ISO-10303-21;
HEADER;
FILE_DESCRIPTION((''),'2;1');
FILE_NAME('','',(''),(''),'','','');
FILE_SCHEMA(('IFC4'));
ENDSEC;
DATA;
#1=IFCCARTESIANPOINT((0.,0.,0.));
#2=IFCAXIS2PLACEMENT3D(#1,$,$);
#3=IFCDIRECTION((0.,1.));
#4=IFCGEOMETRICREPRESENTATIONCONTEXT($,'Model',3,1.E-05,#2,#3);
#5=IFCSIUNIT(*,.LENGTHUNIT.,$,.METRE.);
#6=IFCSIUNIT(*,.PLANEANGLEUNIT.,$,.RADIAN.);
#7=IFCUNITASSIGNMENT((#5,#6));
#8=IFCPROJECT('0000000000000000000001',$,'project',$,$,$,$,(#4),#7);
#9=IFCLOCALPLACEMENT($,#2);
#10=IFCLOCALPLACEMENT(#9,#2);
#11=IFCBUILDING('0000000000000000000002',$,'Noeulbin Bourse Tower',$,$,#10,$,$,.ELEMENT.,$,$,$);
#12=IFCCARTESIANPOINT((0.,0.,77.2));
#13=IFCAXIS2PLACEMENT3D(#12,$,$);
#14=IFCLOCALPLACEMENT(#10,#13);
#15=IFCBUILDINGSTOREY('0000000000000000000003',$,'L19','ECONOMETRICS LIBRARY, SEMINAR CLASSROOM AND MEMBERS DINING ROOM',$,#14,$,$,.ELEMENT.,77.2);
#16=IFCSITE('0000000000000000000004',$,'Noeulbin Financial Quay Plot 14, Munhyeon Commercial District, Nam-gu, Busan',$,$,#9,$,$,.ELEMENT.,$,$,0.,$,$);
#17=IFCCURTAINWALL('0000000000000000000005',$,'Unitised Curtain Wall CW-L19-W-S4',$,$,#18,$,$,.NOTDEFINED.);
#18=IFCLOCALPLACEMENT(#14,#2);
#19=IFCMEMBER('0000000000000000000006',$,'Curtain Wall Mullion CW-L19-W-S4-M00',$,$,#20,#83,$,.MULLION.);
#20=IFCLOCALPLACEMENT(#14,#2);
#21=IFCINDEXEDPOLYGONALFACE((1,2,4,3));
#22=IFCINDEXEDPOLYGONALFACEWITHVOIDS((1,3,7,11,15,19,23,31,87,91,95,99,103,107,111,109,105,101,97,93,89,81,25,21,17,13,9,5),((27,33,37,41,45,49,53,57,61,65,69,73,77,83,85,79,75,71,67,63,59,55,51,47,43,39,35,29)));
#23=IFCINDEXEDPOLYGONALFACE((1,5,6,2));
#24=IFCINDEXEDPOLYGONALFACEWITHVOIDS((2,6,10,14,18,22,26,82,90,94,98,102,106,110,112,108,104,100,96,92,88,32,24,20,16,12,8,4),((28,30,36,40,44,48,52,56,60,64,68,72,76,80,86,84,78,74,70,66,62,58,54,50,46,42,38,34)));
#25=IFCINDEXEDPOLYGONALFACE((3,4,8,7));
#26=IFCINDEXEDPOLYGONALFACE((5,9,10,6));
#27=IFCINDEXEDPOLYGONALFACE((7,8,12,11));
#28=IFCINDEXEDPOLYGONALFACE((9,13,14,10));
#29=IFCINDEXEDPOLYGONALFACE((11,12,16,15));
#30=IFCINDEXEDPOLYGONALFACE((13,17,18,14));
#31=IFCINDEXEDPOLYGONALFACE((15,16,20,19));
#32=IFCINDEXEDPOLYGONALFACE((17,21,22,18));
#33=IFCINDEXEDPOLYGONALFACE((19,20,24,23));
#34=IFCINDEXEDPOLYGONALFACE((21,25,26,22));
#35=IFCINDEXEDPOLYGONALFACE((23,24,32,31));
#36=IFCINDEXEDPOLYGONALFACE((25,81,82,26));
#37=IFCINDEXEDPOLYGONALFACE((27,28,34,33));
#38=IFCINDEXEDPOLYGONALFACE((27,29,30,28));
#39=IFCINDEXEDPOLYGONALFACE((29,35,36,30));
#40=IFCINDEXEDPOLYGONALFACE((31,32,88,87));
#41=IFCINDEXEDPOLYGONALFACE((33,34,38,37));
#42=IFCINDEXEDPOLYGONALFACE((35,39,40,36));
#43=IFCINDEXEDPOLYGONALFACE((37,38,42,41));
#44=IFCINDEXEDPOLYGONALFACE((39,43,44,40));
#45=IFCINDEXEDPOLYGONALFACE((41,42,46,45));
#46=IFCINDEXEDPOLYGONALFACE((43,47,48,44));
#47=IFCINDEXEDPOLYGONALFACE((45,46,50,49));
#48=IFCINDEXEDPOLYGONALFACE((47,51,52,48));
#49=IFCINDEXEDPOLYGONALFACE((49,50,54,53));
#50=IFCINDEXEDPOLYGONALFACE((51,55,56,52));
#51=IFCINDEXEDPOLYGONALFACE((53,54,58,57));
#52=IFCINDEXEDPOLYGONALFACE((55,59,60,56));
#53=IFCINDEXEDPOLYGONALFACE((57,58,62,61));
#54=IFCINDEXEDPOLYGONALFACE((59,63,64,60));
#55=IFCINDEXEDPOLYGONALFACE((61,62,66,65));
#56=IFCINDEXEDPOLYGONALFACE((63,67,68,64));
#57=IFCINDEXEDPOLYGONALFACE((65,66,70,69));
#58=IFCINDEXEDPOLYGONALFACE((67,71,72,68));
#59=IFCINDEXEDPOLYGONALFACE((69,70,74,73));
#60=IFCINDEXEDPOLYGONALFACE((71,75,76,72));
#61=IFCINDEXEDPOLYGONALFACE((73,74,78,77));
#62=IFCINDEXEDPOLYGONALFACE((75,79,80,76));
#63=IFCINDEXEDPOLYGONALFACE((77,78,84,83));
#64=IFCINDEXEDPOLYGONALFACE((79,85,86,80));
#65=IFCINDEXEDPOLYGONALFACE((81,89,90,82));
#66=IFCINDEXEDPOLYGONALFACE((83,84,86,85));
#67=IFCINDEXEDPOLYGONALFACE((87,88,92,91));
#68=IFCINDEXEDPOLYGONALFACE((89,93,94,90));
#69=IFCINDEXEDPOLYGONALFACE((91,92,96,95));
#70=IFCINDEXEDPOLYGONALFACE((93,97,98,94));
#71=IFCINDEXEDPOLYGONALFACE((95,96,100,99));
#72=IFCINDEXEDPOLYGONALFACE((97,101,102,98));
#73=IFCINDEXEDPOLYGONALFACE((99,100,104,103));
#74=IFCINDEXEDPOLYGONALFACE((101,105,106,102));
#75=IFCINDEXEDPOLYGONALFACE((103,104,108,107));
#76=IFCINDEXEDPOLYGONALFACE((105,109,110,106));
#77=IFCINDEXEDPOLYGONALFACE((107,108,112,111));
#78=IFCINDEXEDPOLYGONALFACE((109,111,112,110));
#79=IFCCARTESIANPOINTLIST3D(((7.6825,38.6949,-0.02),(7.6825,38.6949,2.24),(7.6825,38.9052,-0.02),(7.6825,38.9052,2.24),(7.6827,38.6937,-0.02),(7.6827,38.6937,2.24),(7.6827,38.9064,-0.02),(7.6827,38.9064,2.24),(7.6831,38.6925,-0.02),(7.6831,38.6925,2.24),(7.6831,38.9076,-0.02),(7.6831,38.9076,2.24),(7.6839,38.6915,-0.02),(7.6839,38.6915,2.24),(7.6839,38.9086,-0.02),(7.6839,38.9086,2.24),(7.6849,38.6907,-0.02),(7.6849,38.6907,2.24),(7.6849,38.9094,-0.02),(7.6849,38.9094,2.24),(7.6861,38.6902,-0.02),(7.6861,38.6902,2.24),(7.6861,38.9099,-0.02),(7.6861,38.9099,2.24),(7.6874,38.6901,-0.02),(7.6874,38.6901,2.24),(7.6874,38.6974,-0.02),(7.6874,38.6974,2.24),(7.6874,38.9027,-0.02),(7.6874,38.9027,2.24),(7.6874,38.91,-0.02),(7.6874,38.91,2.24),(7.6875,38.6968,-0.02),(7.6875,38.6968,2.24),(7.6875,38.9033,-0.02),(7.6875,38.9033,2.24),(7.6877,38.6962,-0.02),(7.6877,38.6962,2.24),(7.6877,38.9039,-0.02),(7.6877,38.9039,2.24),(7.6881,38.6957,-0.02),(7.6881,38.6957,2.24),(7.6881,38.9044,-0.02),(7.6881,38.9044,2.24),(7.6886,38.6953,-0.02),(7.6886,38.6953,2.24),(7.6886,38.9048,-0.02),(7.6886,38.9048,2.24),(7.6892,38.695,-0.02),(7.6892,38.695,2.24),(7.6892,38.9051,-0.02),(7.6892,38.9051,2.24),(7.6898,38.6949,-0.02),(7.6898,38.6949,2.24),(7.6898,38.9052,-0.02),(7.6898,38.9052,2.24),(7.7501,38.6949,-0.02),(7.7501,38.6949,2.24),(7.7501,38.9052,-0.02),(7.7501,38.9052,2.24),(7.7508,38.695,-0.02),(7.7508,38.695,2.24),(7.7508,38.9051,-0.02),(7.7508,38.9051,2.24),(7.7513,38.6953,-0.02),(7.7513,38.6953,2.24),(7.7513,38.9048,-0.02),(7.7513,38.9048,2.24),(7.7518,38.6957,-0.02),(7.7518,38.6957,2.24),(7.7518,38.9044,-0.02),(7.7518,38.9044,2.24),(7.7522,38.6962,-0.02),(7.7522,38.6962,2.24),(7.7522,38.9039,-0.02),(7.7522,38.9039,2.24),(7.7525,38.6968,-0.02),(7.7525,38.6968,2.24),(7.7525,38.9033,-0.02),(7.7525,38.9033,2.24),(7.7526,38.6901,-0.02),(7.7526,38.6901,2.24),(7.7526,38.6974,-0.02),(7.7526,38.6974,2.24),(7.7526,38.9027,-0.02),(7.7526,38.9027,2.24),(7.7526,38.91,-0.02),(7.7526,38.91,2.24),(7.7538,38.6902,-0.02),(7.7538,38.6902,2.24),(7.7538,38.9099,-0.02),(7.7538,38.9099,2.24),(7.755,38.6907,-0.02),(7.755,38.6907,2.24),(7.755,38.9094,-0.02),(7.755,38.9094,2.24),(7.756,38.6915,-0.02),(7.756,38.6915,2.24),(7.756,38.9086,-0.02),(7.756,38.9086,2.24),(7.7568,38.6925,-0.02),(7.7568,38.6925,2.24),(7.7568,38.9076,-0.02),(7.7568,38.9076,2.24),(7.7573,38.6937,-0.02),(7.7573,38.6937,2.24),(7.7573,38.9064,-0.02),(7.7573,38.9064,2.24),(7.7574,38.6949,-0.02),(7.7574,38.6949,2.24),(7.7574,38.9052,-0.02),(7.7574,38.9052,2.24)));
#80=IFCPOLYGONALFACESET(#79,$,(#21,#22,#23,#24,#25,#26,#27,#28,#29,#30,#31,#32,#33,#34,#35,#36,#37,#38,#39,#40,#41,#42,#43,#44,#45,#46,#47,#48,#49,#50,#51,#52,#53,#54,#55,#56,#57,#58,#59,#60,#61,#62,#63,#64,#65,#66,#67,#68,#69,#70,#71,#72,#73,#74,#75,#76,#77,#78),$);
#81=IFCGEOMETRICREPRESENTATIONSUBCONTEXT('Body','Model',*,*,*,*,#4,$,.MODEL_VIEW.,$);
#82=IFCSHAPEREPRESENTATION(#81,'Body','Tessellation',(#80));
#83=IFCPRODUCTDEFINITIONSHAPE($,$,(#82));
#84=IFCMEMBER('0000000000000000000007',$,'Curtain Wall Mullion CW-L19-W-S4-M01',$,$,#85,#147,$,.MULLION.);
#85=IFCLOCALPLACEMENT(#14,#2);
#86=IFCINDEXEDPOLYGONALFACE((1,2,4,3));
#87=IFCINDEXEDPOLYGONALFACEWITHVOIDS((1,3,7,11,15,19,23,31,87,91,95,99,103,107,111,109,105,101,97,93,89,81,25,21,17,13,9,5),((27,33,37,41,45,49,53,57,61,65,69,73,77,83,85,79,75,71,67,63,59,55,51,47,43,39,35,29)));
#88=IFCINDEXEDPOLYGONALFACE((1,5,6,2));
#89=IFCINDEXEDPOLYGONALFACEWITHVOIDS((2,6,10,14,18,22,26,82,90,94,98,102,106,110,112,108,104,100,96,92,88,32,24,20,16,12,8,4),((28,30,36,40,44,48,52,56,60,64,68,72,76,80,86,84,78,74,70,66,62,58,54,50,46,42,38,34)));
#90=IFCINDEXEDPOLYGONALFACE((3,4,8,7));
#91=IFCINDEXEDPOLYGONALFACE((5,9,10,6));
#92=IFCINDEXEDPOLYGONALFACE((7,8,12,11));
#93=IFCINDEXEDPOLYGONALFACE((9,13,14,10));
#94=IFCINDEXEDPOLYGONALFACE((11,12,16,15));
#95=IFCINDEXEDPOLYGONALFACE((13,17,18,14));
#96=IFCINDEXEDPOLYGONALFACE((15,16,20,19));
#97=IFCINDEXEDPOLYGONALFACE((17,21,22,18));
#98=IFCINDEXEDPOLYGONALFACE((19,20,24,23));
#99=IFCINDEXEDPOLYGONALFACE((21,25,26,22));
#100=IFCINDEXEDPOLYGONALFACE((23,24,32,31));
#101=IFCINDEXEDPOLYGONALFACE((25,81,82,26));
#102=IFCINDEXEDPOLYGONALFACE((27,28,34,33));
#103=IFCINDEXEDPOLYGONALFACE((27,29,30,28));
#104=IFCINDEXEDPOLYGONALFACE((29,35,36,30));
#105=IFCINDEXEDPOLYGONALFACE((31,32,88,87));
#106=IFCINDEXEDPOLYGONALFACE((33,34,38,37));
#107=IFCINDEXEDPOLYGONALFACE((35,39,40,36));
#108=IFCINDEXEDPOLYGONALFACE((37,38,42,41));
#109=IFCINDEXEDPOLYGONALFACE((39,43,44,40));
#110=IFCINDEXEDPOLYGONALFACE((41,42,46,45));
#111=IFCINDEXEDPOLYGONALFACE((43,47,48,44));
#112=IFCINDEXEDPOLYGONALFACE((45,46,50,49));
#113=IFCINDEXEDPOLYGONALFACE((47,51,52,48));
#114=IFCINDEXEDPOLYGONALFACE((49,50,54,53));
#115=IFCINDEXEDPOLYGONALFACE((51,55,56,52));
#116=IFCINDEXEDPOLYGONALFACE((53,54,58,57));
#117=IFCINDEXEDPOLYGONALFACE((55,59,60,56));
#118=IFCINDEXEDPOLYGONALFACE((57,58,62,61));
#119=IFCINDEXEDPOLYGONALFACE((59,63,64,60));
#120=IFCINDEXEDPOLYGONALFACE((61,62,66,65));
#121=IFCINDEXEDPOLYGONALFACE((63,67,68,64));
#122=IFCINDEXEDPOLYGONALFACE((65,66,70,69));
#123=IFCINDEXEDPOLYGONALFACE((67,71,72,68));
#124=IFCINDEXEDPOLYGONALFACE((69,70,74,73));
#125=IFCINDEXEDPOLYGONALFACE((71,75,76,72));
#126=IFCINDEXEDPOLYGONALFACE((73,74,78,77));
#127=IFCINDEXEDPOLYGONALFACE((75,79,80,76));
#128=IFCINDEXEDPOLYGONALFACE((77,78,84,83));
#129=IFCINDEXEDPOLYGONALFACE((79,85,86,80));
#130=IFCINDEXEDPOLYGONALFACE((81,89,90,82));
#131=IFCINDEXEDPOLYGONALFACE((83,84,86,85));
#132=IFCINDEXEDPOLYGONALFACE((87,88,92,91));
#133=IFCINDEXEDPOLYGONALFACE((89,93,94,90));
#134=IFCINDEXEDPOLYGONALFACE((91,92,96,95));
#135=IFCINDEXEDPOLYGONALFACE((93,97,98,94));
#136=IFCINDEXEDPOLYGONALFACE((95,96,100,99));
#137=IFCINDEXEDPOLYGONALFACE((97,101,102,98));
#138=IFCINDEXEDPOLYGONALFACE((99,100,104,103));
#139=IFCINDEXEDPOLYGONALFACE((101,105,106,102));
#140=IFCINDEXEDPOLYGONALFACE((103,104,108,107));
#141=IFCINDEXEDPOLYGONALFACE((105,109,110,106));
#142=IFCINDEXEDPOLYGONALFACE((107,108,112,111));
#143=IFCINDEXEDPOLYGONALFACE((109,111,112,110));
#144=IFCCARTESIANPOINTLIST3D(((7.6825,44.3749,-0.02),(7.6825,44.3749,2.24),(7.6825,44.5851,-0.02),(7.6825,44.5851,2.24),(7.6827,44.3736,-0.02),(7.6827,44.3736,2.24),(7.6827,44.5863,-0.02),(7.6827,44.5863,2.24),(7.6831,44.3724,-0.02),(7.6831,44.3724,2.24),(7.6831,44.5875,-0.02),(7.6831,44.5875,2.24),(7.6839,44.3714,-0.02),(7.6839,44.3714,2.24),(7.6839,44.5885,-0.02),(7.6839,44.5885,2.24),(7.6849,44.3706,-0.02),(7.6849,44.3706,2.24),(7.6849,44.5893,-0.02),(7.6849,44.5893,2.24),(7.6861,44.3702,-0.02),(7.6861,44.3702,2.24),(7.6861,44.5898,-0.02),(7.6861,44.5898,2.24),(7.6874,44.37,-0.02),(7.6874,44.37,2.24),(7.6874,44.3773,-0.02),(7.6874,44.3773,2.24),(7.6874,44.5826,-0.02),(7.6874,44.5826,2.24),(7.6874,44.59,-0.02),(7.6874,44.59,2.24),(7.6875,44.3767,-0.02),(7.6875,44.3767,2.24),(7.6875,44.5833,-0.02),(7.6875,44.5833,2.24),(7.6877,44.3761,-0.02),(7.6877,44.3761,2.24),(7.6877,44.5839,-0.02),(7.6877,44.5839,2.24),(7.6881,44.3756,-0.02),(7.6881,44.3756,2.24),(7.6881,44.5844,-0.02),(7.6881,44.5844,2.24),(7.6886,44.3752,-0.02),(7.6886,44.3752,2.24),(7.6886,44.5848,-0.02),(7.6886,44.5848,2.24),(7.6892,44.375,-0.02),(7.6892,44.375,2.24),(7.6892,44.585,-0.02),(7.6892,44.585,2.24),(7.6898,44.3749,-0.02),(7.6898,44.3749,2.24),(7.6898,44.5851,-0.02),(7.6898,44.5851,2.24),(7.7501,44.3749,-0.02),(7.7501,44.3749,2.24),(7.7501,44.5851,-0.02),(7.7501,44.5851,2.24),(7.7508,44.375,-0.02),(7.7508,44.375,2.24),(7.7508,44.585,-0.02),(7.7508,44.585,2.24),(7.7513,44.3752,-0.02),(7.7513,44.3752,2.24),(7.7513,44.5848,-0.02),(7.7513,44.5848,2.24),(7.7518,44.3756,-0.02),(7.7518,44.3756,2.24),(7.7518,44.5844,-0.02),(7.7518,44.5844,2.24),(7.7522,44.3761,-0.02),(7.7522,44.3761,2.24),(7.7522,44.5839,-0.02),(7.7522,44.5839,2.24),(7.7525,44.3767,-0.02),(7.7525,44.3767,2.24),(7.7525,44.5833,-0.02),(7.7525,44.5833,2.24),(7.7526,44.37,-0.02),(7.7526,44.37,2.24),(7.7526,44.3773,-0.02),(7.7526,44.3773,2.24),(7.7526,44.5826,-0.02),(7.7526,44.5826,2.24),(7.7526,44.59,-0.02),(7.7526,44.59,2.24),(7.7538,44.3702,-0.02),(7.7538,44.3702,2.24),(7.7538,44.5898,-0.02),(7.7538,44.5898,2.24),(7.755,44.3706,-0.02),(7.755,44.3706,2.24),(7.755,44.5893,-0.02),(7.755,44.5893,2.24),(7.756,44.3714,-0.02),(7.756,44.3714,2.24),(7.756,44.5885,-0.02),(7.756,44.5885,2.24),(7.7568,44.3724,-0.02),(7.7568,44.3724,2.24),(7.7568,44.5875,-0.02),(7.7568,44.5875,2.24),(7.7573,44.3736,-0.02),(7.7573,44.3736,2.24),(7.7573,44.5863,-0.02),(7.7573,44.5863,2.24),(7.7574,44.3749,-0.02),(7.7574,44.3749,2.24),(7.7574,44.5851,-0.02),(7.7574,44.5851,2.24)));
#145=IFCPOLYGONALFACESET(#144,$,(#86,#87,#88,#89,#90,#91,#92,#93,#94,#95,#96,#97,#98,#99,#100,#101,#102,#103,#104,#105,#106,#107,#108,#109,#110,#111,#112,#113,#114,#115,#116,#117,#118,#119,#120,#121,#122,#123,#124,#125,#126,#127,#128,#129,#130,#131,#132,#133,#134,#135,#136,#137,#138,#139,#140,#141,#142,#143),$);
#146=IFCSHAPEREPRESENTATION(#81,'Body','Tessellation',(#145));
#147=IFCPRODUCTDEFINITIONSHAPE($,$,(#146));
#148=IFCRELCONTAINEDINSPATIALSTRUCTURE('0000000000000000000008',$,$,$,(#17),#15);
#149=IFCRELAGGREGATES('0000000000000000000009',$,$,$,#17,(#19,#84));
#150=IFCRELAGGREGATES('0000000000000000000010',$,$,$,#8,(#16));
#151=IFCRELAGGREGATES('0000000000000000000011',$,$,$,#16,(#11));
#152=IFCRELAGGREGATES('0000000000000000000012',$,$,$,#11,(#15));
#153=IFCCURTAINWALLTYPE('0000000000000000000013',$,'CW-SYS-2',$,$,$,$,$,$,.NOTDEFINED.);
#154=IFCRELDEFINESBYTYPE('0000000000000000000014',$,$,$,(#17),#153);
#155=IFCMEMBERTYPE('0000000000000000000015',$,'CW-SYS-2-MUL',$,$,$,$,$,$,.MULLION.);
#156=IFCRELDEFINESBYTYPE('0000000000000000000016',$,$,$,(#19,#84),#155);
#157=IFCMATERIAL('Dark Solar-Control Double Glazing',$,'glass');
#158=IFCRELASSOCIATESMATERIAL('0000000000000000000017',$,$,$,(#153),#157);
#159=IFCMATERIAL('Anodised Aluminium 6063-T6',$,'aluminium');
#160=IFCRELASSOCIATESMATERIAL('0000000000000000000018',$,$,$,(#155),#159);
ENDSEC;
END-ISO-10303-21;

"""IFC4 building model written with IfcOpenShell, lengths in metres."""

from ifc_helpers import new_model, si_unit, direction, frame, origin, origin_2d, place, context, subcontext, project, spatial, hollow_rectangle, extrude, material, material_profile, profile_set, type_object, element, aggregate, save


model = new_model("IFC4")

# Units and contexts
model_context = context("Model", 3, precision=1e-05, world=origin(), true_north=direction((0.0, 1.0)))
body_context = subcontext(model_context, "Body", "Model", "MODEL_VIEW")
ifc_project = project(units=[si_unit("LENGTHUNIT", "METRE"), si_unit("PLANEANGLEUNIT", "RADIAN")], contexts=[model_context])

# Site, building, storey
site_placement = place(None, origin())
site = spatial("IfcSite", under=ifc_project, at=site_placement, Name="Noeulbin Financial Quay Plot 14, Munhyeon Commercial District, Nam-gu, Busan", CompositionType="ELEMENT", RefElevation=0.0)
building_placement = place(site_placement, origin())
building = spatial("IfcBuilding", under=site, at=building_placement, Name="Noeulbin Bourse Tower", CompositionType="ELEMENT")
storey_placement = place(building_placement, frame((0.0, 0.0, 77.2)))
storey = spatial("IfcBuildingStorey", under=building, at=storey_placement, Name="L19", Description="ECONOMETRICS LIBRARY, SEMINAR CLASSROOM AND MEMBERS DINING ROOM", CompositionType="ELEMENT", Elevation=77.2)

# Shared definitions
ifc_material_1 = material(Name="Dark Solar-Control Double Glazing", Category="glass")
curtain_wall_type = type_object("IfcCurtainWallType", Name="CW-SYS-2", PredefinedType="NOTDEFINED", material=ifc_material_1)
ifc_material_2 = material(Name="Anodised Aluminium 6063-T6", Category="aluminium")
ifc_material_profile_1 = material_profile(ifc_material_2, hollow_rectangle(XDim=0.075, YDim=0.22, WallThickness=0.0049, InnerFilletRadius=0.0024, OuterFilletRadius=0.0049, at=origin_2d()), Name="ALU-MULL-75x220x5", Category="LoadBearing")
ifc_profile_set_1 = profile_set([ifc_material_profile_1], Name="Anodised Aluminium 6063-T6")
member_type_1 = type_object("IfcMemberType", Name="CW-SYS-2-MUL", PredefinedType="MULLION", material=ifc_profile_set_1)

# Curtain wall, members
curtain_wall_1_placement = place(storey_placement, origin())
curtain_wall_1 = element("IfcCurtainWall", 1, at=curtain_wall_1_placement, inside=storey, type_object=curtain_wall_type, Name="Unitised Curtain Wall CW-L19-W-S4", PredefinedType="NOTDEFINED")
member_1_placement = place(storey_placement, frame((7.72, 38.8, -0.02), z_axis=(0.0, 0.0, 1.0), x_axis=(1.0, 0.0, 0.0)))
member_1 = element("IfcMember", 2, at=member_1_placement, type_object=member_type_1, Name="Curtain Wall Mullion CW-L19-W-S4-M00", PredefinedType="MULLION", context=body_context, shape_type="SweptSolid", body=[
    extrude(hollow_rectangle(XDim=0.075, YDim=0.22, WallThickness=0.0049, InnerFilletRadius=0.0024, OuterFilletRadius=0.0049, at=origin_2d()), origin(), (0.0, 0.0, 1.0), 2.26),
])
member_2_placement = place(storey_placement, frame((7.72, 44.48, -0.02), z_axis=(0.0, 0.0, 1.0), x_axis=(1.0, 0.0, 0.0)))
member_2 = element("IfcMember", 3, at=member_2_placement, type_object=member_type_1, Name="Curtain Wall Mullion CW-L19-W-S4-M01", PredefinedType="MULLION", context=body_context, shape_type="SweptSolid", body=[
    extrude(hollow_rectangle(XDim=0.075, YDim=0.22, WallThickness=0.0049, InnerFilletRadius=0.0024, OuterFilletRadius=0.0049, at=origin_2d()), origin(), (0.0, 0.0, 1.0), 2.26),
])

aggregate(curtain_wall_1, [member_1, member_2])

save(model, "model.ifc")
